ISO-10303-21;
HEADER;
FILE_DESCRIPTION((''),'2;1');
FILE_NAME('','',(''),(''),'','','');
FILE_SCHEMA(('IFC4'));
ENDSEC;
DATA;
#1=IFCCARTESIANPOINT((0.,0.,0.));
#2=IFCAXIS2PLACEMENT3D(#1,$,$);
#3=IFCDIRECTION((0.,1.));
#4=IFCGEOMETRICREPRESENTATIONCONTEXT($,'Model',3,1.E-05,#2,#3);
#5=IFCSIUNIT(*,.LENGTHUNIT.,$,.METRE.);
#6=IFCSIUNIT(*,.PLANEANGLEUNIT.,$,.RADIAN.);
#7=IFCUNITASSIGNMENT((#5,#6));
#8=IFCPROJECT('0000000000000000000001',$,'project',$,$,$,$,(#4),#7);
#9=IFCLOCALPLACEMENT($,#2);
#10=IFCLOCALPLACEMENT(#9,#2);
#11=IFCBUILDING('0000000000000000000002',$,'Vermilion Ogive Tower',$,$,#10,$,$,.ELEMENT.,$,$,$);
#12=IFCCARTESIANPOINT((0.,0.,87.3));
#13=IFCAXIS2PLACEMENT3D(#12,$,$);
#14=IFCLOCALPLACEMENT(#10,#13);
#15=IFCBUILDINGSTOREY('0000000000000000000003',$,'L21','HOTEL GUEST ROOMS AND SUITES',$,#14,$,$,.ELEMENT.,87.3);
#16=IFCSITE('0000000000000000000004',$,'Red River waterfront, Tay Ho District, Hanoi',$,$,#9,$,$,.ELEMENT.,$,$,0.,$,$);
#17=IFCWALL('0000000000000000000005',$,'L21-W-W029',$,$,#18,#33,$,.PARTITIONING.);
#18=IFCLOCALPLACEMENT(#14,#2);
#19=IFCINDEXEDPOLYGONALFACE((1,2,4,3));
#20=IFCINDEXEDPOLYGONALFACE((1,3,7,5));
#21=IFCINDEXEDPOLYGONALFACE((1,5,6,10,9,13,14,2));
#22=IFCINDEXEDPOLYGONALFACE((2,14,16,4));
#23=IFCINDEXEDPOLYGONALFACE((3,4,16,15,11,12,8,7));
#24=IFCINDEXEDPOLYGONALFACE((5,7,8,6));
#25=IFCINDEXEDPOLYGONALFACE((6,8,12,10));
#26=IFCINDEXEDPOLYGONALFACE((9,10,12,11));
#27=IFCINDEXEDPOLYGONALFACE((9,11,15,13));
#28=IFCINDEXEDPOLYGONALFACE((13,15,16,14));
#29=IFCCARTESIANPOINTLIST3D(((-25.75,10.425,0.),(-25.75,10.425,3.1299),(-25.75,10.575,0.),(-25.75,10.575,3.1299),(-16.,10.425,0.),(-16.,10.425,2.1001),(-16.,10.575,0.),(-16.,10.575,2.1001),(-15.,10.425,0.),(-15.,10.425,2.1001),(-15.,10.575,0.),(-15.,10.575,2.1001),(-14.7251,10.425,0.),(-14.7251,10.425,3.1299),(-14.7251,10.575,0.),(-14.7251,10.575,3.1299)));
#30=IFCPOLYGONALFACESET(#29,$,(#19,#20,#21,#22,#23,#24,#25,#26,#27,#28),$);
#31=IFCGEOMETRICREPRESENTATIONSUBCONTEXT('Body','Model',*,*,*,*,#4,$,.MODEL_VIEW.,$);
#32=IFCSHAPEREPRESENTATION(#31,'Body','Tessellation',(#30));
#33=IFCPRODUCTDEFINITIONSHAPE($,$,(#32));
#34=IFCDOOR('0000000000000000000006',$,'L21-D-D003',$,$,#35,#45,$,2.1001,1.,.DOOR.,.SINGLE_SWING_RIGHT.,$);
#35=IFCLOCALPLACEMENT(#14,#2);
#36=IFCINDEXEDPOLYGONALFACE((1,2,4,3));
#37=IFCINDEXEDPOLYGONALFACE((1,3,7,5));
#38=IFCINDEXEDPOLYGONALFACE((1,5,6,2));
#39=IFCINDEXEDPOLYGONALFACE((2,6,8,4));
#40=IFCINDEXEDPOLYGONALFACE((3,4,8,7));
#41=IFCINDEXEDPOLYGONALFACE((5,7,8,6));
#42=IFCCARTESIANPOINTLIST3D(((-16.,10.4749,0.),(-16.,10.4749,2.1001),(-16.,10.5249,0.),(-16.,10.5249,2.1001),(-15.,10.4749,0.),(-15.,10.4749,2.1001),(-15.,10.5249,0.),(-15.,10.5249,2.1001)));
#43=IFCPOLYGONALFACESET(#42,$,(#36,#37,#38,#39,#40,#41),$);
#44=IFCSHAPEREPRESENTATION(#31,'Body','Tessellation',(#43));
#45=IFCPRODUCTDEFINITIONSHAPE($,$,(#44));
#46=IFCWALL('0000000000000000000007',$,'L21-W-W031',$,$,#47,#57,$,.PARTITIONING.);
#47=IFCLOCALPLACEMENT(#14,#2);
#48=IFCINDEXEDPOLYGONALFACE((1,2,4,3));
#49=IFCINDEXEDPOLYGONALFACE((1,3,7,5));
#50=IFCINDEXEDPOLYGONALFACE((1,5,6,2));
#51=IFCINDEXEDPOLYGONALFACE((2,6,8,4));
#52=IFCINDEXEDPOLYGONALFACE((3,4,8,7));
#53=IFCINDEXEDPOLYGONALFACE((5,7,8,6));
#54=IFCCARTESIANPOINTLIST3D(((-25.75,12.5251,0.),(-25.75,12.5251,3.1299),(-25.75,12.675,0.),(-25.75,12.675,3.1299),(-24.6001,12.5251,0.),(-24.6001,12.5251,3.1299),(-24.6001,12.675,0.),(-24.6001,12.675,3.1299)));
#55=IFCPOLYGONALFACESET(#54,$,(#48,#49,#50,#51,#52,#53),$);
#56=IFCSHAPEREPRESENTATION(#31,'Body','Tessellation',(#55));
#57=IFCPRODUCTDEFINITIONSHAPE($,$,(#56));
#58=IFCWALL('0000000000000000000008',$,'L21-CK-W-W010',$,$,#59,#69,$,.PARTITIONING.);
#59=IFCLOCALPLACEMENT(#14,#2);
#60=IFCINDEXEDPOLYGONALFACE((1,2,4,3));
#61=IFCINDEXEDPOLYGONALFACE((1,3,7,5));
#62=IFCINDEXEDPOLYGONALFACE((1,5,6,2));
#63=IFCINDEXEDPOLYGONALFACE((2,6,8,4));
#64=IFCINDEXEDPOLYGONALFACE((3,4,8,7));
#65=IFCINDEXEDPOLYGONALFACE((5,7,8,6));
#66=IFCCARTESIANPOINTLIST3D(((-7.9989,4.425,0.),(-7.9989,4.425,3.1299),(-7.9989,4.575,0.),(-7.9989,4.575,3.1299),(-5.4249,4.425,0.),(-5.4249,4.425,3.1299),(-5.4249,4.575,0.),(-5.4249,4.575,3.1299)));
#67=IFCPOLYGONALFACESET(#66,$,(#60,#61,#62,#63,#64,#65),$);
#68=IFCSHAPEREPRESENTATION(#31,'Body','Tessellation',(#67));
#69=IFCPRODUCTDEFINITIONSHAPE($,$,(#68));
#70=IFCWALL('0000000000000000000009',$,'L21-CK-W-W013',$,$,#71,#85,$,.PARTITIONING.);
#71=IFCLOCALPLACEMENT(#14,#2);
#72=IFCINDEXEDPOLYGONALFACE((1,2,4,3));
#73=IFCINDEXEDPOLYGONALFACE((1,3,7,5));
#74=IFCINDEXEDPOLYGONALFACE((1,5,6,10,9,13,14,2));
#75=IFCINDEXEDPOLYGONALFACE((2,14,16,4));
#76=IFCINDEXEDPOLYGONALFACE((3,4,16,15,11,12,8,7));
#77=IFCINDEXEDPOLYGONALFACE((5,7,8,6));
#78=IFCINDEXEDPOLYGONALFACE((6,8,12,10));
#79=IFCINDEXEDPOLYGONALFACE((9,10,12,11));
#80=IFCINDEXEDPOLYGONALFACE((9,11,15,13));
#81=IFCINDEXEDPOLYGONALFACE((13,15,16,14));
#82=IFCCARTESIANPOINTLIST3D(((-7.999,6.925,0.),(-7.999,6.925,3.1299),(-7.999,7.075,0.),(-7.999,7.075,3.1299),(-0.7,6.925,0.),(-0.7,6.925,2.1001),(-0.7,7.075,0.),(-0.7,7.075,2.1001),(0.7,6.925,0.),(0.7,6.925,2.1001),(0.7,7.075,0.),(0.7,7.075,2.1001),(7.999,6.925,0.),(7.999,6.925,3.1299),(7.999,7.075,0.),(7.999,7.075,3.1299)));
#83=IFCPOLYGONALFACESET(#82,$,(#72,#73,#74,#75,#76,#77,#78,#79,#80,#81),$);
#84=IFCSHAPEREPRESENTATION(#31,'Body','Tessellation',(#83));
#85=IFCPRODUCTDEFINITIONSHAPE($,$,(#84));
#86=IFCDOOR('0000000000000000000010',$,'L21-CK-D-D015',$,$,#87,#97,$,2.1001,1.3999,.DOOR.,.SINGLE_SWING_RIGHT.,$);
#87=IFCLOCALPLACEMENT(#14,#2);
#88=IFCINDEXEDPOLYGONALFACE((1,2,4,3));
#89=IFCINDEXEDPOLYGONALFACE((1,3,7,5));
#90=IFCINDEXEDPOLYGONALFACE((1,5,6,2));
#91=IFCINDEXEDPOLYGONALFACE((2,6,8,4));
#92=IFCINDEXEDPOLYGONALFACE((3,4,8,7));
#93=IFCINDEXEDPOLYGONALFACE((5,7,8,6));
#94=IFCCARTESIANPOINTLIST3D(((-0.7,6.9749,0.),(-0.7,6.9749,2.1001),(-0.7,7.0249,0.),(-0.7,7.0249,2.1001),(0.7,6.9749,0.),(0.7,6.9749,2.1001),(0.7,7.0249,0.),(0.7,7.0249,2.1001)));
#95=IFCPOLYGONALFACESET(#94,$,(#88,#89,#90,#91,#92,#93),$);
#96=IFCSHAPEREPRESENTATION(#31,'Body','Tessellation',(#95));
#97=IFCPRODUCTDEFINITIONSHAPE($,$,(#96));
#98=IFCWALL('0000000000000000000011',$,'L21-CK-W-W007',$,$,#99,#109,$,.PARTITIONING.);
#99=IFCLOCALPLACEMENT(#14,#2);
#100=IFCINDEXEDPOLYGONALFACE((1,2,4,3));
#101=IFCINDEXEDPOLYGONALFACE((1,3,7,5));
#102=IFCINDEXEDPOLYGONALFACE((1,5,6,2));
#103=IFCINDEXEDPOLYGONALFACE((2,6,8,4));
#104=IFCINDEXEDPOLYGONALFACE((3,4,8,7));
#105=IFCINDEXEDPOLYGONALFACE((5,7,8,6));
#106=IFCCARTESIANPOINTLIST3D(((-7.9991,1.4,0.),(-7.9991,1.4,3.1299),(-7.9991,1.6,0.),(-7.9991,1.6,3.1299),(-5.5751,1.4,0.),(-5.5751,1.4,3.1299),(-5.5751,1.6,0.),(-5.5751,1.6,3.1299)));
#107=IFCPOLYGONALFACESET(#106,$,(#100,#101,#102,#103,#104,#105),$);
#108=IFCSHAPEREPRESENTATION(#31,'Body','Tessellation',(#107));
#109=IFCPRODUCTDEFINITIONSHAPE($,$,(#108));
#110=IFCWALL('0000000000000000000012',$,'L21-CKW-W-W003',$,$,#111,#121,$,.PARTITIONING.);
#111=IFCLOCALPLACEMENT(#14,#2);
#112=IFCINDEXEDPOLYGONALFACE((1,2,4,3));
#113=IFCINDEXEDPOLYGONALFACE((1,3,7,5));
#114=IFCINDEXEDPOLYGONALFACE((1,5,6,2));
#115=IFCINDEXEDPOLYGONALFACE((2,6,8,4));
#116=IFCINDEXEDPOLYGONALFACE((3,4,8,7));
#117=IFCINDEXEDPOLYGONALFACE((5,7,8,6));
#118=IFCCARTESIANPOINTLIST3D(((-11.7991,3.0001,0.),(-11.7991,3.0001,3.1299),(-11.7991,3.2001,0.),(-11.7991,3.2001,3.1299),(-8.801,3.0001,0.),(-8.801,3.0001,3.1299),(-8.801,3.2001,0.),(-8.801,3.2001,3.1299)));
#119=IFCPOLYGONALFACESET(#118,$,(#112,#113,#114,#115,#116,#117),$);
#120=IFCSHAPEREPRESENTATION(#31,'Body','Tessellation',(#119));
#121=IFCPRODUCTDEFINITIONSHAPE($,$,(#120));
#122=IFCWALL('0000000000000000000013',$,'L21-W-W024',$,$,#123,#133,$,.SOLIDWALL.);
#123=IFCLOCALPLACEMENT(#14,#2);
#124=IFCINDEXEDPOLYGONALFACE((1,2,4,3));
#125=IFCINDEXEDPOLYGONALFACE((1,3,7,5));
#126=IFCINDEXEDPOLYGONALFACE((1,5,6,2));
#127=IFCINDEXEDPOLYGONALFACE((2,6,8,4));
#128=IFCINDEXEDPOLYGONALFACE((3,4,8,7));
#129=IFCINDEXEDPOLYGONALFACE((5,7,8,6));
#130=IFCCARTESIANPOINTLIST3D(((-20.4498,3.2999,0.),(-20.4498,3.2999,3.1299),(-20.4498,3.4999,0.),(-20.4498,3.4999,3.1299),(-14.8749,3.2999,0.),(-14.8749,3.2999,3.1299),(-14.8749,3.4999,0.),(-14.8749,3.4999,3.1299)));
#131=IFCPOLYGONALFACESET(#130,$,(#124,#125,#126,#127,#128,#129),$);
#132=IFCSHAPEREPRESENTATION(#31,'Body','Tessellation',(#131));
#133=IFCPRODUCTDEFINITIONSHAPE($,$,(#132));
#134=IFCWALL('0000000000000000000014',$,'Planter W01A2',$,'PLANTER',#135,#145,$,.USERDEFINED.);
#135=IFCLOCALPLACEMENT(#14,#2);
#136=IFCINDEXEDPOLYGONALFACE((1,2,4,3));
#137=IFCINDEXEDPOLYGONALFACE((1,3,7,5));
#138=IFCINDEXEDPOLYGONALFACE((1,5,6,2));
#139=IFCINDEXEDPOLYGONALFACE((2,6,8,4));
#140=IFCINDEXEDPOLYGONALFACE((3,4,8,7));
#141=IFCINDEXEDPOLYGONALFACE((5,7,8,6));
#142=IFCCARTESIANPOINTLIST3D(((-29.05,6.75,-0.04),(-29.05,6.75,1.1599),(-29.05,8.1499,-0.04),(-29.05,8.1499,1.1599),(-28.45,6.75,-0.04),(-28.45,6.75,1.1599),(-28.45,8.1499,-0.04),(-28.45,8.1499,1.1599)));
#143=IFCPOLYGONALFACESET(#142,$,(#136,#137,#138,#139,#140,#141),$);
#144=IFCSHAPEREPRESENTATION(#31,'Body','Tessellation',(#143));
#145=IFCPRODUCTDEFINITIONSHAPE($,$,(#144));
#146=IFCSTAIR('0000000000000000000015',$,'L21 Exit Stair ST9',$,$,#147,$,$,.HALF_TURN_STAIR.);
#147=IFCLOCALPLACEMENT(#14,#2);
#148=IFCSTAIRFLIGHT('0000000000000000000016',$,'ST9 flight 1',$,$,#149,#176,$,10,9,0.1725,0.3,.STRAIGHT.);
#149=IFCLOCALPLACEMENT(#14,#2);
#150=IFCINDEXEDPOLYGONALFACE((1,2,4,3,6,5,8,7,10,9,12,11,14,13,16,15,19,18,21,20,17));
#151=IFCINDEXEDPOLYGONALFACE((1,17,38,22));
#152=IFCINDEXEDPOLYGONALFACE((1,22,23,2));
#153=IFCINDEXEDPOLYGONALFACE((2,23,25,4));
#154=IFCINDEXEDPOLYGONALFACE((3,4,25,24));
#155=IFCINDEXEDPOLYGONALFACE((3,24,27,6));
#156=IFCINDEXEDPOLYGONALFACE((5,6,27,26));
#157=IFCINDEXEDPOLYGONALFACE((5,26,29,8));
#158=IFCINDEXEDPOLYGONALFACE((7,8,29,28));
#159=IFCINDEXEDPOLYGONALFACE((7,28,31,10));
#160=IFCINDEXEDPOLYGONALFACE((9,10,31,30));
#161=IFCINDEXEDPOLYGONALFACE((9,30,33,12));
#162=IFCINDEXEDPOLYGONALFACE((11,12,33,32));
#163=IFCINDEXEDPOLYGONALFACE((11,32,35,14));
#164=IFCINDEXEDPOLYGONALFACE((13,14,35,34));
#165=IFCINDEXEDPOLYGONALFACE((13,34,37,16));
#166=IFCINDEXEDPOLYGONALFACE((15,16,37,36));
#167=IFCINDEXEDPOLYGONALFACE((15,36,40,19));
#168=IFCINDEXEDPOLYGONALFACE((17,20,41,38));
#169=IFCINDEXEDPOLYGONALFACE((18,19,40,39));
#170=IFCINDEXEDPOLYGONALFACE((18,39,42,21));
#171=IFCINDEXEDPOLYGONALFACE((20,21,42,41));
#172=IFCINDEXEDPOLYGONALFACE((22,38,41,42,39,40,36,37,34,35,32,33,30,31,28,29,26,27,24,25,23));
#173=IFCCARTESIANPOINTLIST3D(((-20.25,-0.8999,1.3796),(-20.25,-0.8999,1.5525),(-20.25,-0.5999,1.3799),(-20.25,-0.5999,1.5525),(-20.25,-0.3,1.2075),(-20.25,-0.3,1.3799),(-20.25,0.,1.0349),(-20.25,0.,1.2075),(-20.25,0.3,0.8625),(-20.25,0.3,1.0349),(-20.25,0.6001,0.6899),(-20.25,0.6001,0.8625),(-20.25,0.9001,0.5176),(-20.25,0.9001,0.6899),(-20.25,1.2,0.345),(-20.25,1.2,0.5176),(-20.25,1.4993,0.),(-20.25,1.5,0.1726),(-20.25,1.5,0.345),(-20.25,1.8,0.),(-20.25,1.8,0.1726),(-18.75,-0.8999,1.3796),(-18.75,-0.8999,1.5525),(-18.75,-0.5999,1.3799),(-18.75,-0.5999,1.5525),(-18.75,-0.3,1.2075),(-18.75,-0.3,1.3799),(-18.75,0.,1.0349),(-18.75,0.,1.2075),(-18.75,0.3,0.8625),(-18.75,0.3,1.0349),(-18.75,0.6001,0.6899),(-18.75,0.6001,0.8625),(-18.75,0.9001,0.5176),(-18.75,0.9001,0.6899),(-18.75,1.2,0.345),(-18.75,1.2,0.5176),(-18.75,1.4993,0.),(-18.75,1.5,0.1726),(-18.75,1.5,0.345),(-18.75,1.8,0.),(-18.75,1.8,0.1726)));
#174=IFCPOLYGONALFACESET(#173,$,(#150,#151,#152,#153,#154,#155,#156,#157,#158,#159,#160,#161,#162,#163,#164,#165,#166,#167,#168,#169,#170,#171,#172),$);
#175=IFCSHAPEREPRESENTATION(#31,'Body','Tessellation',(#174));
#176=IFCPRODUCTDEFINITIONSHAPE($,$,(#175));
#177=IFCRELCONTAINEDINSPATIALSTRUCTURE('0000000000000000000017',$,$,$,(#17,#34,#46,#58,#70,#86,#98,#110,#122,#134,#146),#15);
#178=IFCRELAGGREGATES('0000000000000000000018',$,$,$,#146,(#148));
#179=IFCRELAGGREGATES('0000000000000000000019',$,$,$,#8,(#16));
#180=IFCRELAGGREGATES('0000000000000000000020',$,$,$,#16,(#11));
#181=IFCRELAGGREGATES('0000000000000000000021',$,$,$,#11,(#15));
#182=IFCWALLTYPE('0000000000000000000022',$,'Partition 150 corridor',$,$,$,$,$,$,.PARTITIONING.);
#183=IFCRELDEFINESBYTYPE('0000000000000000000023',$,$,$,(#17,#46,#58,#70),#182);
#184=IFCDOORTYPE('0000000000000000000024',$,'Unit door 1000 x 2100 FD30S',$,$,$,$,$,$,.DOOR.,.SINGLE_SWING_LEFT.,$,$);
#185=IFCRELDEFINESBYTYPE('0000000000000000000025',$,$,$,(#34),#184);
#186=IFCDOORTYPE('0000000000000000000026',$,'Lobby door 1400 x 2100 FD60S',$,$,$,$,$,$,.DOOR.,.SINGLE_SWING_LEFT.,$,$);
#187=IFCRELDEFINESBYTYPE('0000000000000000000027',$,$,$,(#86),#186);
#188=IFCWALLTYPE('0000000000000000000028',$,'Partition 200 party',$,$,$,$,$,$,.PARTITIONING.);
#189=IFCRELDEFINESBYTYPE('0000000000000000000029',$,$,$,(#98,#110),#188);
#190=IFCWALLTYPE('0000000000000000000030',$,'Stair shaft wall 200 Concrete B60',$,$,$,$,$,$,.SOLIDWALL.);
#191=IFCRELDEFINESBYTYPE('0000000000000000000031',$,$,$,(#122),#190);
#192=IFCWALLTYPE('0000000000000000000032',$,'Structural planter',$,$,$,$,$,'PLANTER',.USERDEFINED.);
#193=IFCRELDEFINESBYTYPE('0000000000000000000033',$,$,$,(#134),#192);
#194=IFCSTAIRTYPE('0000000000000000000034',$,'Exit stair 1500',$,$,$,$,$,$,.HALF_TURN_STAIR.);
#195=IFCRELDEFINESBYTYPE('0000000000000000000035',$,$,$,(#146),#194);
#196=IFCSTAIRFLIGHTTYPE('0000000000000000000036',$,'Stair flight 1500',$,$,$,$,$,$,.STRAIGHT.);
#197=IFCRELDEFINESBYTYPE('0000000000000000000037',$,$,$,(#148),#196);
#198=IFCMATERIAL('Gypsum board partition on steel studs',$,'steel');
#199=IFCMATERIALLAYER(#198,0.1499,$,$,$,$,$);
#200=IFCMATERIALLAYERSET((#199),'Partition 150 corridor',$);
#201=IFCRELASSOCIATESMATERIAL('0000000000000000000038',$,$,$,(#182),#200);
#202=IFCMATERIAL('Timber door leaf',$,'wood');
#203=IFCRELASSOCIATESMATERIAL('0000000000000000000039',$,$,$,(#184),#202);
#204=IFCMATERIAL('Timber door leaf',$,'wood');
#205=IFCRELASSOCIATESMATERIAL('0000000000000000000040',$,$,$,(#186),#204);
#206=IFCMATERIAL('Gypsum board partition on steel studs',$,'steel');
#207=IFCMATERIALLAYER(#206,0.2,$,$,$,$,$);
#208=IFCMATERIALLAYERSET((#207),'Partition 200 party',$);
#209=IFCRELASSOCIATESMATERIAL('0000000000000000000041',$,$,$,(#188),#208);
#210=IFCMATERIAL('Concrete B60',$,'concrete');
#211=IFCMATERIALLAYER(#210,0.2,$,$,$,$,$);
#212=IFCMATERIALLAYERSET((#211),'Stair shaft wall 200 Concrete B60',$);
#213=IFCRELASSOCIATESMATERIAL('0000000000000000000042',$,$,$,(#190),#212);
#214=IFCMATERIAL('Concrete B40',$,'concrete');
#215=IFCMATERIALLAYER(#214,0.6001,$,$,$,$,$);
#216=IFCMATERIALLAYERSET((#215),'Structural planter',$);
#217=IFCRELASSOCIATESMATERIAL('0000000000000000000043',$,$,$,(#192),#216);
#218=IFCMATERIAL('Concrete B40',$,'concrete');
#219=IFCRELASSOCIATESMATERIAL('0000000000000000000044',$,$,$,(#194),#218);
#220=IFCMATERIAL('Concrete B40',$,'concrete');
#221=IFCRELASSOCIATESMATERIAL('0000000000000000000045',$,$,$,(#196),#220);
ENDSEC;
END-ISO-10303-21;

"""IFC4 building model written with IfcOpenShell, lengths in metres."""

from ifc_helpers import new_model, si_unit, direction, frame, frame_2d, origin, place, context, subcontext, project, spatial, polyline, rectangle, outline, extrude, material, layer, layer_set, type_object, element, fill, aggregate, save


model = new_model("IFC4")

# Units and contexts
model_context = context("Model", 3, precision=1e-05, world=origin(), true_north=direction((0.0, 1.0)))
body_context = subcontext(model_context, "Body", "Model", "MODEL_VIEW")
ifc_project = project(units=[si_unit("LENGTHUNIT", "METRE"), si_unit("PLANEANGLEUNIT", "RADIAN")], contexts=[model_context])

# Site, building, storey
site_placement = place(None, origin())
site = spatial("IfcSite", under=ifc_project, at=site_placement, Name="Red River waterfront, Tay Ho District, Hanoi", CompositionType="ELEMENT", RefElevation=0.0)
building_placement = place(site_placement, origin())
building = spatial("IfcBuilding", under=site, at=building_placement, Name="Vermilion Ogive Tower", CompositionType="ELEMENT")
storey_placement = place(building_placement, frame((0.0, 0.0, 87.3)))
storey = spatial("IfcBuildingStorey", under=building, at=storey_placement, Name="L21", Description="HOTEL GUEST ROOMS AND SUITES", CompositionType="ELEMENT", Elevation=87.3)

# Wall, opening, door
ifc_material_1 = material(Name="Gypsum board partition on steel studs", Category="steel")
ifc_layer_1 = layer(ifc_material_1, 0.1499)
ifc_layer_set_1 = layer_set([ifc_layer_1], Name="Partition 150 corridor")
wall_type_1 = type_object("IfcWallType", Name="Partition 150 corridor", PredefinedType="PARTITIONING", material=ifc_layer_set_1)
wall_1_placement = place(storey_placement, frame((-25.75, 10.5, 0.0), z_axis=(0.0, 0.0, 1.0), x_axis=(1.0, 0.0, 0.0)))
wall_1 = element("IfcWall", 1, at=wall_1_placement, inside=storey, type_object=wall_type_1, Name="L21-W-W029", PredefinedType="PARTITIONING", context=body_context, shape_type="SweptSolid", body=[
    extrude(rectangle(XDim=11.0249, YDim=0.1499, at=frame_2d((5.5125, 0.0))), origin(), (0.0, 0.0, 1.0), 3.1299),
])
opening_1_placement = place(wall_1_placement, frame((9.75, 0.0, 0.0)))
opening_1 = element("IfcOpeningElement", 2, at=opening_1_placement, cuts=wall_1, PredefinedType="OPENING", context=body_context, shape_type="SweptSolid", body=[
    extrude(rectangle(XDim=1.0, YDim=2.1001, at=frame_2d((0.5, 1.05))), frame((0.0, 0.085, 0.0), z_axis=(0.0, -1.0, 0.0), x_axis=(1.0, 0.0, 0.0)), (0.0, 0.0, 1.0), 0.1699),
])
ifc_material_2 = material(Name="Timber door leaf", Category="wood")
door_type_1 = type_object("IfcDoorType", Name="Unit door 1000 x 2100 FD30S", OperationType="SINGLE_SWING_LEFT", PredefinedType="DOOR", material=ifc_material_2)
door_1_placement = place(opening_1_placement, origin())
door_1 = element("IfcDoor", 3, at=door_1_placement, inside=storey, type_object=door_type_1, Name="L21-D-D003", OperationType="SINGLE_SWING_RIGHT", OverallHeight=2.1001, OverallWidth=1.0, PredefinedType="DOOR", context=body_context, shape_type="SweptSolid", body=[
    extrude(rectangle(XDim=1.0, YDim=2.1001, at=frame_2d((0.5, 1.05))), frame((0.0, 0.0249, 0.0), z_axis=(0.0, -1.0, 0.0), x_axis=(1.0, 0.0, 0.0)), (0.0, 0.0, 1.0), 0.05),
])
fill(opening_1, door_1)

# Walls
wall_2_placement = place(storey_placement, frame((-25.75, 12.6001, 0.0), z_axis=(0.0, 0.0, 1.0), x_axis=(1.0, 0.0, 0.0)))
element("IfcWall", 4, at=wall_2_placement, inside=storey, type_object=wall_type_1, Name="L21-W-W031", PredefinedType="PARTITIONING", context=body_context, shape_type="SweptSolid", body=[
    extrude(rectangle(XDim=1.1499, YDim=0.1499, at=frame_2d((0.575, 0.0))), origin(), (0.0, 0.0, 1.0), 3.1299),
])
wall_3_placement = place(storey_placement, frame((-7.999, 4.5, 0.0), z_axis=(0.0, 0.0, 1.0), x_axis=(1.0, 0.0, 0.0)))
element("IfcWall", 5, at=wall_3_placement, inside=storey, type_object=wall_type_1, Name="L21-CK-W-W010", PredefinedType="PARTITIONING", context=body_context, shape_type="SweptSolid", body=[
    extrude(rectangle(XDim=2.574, YDim=0.1499, at=frame_2d((1.2871, 0.0))), origin(), (0.0, 0.0, 1.0), 3.1299),
])

# Wall, opening, door
wall_4_placement = place(storey_placement, frame((-7.999, 7.0, 0.0), z_axis=(0.0, 0.0, 1.0), x_axis=(1.0, 0.0, 0.0)))
wall_4 = element("IfcWall", 6, at=wall_4_placement, inside=storey, type_object=wall_type_1, Name="L21-CK-W-W013", PredefinedType="PARTITIONING", context=body_context, shape_type="SweptSolid", body=[
    extrude(rectangle(XDim=15.998, YDim=0.1499, at=frame_2d((7.999, 0.0))), origin(), (0.0, 0.0, 1.0), 3.1299),
])
opening_2_placement = place(wall_4_placement, frame((7.2991, 0.0, 0.0)))
opening_2 = element("IfcOpeningElement", 7, at=opening_2_placement, cuts=wall_4, PredefinedType="OPENING", context=body_context, shape_type="SweptSolid", body=[
    extrude(rectangle(XDim=1.3999, YDim=2.1001, at=frame_2d((0.7, 1.05))), frame((0.0, 0.085, 0.0), z_axis=(0.0, -1.0, 0.0), x_axis=(1.0, 0.0, 0.0)), (0.0, 0.0, 1.0), 0.1699),
])
ifc_material_3 = material(Name="Timber door leaf", Category="wood")
door_type_2 = type_object("IfcDoorType", Name="Lobby door 1400 x 2100 FD60S", OperationType="SINGLE_SWING_LEFT", PredefinedType="DOOR", material=ifc_material_3)
door_2_placement = place(opening_2_placement, origin())
door_2 = element("IfcDoor", 8, at=door_2_placement, inside=storey, type_object=door_type_2, Name="L21-CK-D-D015", OperationType="SINGLE_SWING_RIGHT", OverallHeight=2.1001, OverallWidth=1.3999, PredefinedType="DOOR", context=body_context, shape_type="SweptSolid", body=[
    extrude(rectangle(XDim=1.3999, YDim=2.1001, at=frame_2d((0.7, 1.05))), frame((0.0, 0.0249, 0.0), z_axis=(0.0, -1.0, 0.0), x_axis=(1.0, 0.0, 0.0)), (0.0, 0.0, 1.0), 0.05),
])
fill(opening_2, door_2)

# Walls
ifc_material_4 = material(Name="Gypsum board partition on steel studs", Category="steel")
ifc_layer_2 = layer(ifc_material_4, 0.2)
ifc_layer_set_2 = layer_set([ifc_layer_2], Name="Partition 200 party")
wall_type_2 = type_object("IfcWallType", Name="Partition 200 party", PredefinedType="PARTITIONING", material=ifc_layer_set_2)
wall_5_placement = place(storey_placement, frame((-7.999, 1.5, 0.0), z_axis=(0.0, 0.0, 1.0), x_axis=(1.0, 0.0, 0.0)))
element("IfcWall", 9, at=wall_5_placement, inside=storey, type_object=wall_type_2, Name="L21-CK-W-W007", PredefinedType="PARTITIONING", context=body_context, shape_type="SweptSolid", body=[
    extrude(rectangle(XDim=2.4241, YDim=0.2, at=frame_2d((1.2119, 0.0))), origin(), (0.0, 0.0, 1.0), 3.1299),
])
wall_6_placement = place(storey_placement, frame((-11.7991, 3.1001, 0.0), z_axis=(0.0, 0.0, 1.0), x_axis=(1.0, 0.0, 0.0)))
element("IfcWall", 10, at=wall_6_placement, inside=storey, type_object=wall_type_2, Name="L21-CKW-W-W003", PredefinedType="PARTITIONING", context=body_context, shape_type="SweptSolid", body=[
    extrude(rectangle(XDim=2.998, YDim=0.2, at=frame_2d((1.499, 0.0))), origin(), (0.0, 0.0, 1.0), 3.1299),
])
ifc_material_5 = material(Name="Concrete B60", Category="concrete")
ifc_layer_3 = layer(ifc_material_5, 0.2)
ifc_layer_set_3 = layer_set([ifc_layer_3], Name="Stair shaft wall 200 Concrete B60")
wall_type_3 = type_object("IfcWallType", Name="Stair shaft wall 200 Concrete B60", PredefinedType="SOLIDWALL", material=ifc_layer_set_3)
wall_7_placement = place(storey_placement, frame((-20.45, 3.3999, 0.0), z_axis=(0.0, 0.0, 1.0), x_axis=(1.0, 0.0, 0.0)))
element("IfcWall", 11, at=wall_7_placement, inside=storey, type_object=wall_type_3, Name="L21-W-W024", PredefinedType="SOLIDWALL", context=body_context, shape_type="SweptSolid", body=[
    extrude(rectangle(XDim=5.575, YDim=0.2, at=frame_2d((2.7876, 0.0))), origin(), (0.0, 0.0, 1.0), 3.1299),
])
ifc_material_6 = material(Name="Concrete B40", Category="concrete")
ifc_layer_4 = layer(ifc_material_6, 0.6001)
ifc_layer_set_4 = layer_set([ifc_layer_4], Name="Structural planter")
wall_type_4 = type_object("IfcWallType", Name="Structural planter", ElementType="PLANTER", PredefinedType="USERDEFINED", material=ifc_layer_set_4)
wall_8_placement = place(storey_placement, frame((-28.75, 8.1499, -0.04), z_axis=(0.0, 0.0, 1.0), x_axis=(0.0, -1.0, 0.0)))
element("IfcWall", 12, at=wall_8_placement, inside=storey, type_object=wall_type_4, Name="Planter W01A2", ObjectType="PLANTER", PredefinedType="USERDEFINED", context=body_context, shape_type="SweptSolid", body=[
    extrude(rectangle(XDim=1.3999, YDim=0.6001, at=frame_2d((0.7, 0.0))), origin(), (0.0, 0.0, 1.0), 1.2),
])

# Stair, stair flight
ifc_material_7 = material(Name="Concrete B40", Category="concrete")
stair_type = type_object("IfcStairType", Name="Exit stair 1500", PredefinedType="HALF_TURN_STAIR", material=ifc_material_7)
stair_placement = place(storey_placement, origin())
stair = element("IfcStair", 13, at=stair_placement, inside=storey, type_object=stair_type, Name="L21 Exit Stair ST9", PredefinedType="HALF_TURN_STAIR")
ifc_material_8 = material(Name="Concrete B40", Category="concrete")
stair_flight_type = type_object("IfcStairFlightType", Name="Stair flight 1500", PredefinedType="STRAIGHT", material=ifc_material_8)
stair_flight_placement = place(storey_placement, frame((-19.5, 1.8, 0.0), z_axis=(0.0, 0.0, 1.0), x_axis=(0.0, -1.0, 0.0)))
stair_flight = element("IfcStairFlight", 14, at=stair_flight_placement, type_object=stair_flight_type, Name="ST9 flight 1", NumberOfRisers=10, NumberOfTreads=9, PredefinedType="STRAIGHT", RiserHeight=0.1725, TreadLength=0.3, context=body_context, shape_type="SweptSolid", body=[
    extrude(outline(polyline([(0.0, 0.0), (0.0, 0.1726), (0.3, 0.1726), (0.3, 0.345), (0.6001, 0.345), (0.6001, 0.5176), (0.8999, 0.5176), (0.8999, 0.6899), (1.2, 0.6899), (1.2, 0.8625), (1.5, 0.8625), (1.5, 1.0349), (1.8, 1.0349), (1.8, 1.2075), (2.1001, 1.2075), (2.1001, 1.3799), (2.3999, 1.3799), (2.3999, 1.5525), (2.7, 1.5525), (2.7, 1.7251), (2.7, 1.3796), (0.3008, 0.0), (0.0, 0.0)])), frame((0.0, 0.75, 0.0), z_axis=(0.0, -1.0, 0.0), x_axis=(1.0, 0.0, 0.0)), (0.0, 0.0, 1.0), 1.5),
])
aggregate(stair, [stair_flight])

save(model, "model.ifc")
